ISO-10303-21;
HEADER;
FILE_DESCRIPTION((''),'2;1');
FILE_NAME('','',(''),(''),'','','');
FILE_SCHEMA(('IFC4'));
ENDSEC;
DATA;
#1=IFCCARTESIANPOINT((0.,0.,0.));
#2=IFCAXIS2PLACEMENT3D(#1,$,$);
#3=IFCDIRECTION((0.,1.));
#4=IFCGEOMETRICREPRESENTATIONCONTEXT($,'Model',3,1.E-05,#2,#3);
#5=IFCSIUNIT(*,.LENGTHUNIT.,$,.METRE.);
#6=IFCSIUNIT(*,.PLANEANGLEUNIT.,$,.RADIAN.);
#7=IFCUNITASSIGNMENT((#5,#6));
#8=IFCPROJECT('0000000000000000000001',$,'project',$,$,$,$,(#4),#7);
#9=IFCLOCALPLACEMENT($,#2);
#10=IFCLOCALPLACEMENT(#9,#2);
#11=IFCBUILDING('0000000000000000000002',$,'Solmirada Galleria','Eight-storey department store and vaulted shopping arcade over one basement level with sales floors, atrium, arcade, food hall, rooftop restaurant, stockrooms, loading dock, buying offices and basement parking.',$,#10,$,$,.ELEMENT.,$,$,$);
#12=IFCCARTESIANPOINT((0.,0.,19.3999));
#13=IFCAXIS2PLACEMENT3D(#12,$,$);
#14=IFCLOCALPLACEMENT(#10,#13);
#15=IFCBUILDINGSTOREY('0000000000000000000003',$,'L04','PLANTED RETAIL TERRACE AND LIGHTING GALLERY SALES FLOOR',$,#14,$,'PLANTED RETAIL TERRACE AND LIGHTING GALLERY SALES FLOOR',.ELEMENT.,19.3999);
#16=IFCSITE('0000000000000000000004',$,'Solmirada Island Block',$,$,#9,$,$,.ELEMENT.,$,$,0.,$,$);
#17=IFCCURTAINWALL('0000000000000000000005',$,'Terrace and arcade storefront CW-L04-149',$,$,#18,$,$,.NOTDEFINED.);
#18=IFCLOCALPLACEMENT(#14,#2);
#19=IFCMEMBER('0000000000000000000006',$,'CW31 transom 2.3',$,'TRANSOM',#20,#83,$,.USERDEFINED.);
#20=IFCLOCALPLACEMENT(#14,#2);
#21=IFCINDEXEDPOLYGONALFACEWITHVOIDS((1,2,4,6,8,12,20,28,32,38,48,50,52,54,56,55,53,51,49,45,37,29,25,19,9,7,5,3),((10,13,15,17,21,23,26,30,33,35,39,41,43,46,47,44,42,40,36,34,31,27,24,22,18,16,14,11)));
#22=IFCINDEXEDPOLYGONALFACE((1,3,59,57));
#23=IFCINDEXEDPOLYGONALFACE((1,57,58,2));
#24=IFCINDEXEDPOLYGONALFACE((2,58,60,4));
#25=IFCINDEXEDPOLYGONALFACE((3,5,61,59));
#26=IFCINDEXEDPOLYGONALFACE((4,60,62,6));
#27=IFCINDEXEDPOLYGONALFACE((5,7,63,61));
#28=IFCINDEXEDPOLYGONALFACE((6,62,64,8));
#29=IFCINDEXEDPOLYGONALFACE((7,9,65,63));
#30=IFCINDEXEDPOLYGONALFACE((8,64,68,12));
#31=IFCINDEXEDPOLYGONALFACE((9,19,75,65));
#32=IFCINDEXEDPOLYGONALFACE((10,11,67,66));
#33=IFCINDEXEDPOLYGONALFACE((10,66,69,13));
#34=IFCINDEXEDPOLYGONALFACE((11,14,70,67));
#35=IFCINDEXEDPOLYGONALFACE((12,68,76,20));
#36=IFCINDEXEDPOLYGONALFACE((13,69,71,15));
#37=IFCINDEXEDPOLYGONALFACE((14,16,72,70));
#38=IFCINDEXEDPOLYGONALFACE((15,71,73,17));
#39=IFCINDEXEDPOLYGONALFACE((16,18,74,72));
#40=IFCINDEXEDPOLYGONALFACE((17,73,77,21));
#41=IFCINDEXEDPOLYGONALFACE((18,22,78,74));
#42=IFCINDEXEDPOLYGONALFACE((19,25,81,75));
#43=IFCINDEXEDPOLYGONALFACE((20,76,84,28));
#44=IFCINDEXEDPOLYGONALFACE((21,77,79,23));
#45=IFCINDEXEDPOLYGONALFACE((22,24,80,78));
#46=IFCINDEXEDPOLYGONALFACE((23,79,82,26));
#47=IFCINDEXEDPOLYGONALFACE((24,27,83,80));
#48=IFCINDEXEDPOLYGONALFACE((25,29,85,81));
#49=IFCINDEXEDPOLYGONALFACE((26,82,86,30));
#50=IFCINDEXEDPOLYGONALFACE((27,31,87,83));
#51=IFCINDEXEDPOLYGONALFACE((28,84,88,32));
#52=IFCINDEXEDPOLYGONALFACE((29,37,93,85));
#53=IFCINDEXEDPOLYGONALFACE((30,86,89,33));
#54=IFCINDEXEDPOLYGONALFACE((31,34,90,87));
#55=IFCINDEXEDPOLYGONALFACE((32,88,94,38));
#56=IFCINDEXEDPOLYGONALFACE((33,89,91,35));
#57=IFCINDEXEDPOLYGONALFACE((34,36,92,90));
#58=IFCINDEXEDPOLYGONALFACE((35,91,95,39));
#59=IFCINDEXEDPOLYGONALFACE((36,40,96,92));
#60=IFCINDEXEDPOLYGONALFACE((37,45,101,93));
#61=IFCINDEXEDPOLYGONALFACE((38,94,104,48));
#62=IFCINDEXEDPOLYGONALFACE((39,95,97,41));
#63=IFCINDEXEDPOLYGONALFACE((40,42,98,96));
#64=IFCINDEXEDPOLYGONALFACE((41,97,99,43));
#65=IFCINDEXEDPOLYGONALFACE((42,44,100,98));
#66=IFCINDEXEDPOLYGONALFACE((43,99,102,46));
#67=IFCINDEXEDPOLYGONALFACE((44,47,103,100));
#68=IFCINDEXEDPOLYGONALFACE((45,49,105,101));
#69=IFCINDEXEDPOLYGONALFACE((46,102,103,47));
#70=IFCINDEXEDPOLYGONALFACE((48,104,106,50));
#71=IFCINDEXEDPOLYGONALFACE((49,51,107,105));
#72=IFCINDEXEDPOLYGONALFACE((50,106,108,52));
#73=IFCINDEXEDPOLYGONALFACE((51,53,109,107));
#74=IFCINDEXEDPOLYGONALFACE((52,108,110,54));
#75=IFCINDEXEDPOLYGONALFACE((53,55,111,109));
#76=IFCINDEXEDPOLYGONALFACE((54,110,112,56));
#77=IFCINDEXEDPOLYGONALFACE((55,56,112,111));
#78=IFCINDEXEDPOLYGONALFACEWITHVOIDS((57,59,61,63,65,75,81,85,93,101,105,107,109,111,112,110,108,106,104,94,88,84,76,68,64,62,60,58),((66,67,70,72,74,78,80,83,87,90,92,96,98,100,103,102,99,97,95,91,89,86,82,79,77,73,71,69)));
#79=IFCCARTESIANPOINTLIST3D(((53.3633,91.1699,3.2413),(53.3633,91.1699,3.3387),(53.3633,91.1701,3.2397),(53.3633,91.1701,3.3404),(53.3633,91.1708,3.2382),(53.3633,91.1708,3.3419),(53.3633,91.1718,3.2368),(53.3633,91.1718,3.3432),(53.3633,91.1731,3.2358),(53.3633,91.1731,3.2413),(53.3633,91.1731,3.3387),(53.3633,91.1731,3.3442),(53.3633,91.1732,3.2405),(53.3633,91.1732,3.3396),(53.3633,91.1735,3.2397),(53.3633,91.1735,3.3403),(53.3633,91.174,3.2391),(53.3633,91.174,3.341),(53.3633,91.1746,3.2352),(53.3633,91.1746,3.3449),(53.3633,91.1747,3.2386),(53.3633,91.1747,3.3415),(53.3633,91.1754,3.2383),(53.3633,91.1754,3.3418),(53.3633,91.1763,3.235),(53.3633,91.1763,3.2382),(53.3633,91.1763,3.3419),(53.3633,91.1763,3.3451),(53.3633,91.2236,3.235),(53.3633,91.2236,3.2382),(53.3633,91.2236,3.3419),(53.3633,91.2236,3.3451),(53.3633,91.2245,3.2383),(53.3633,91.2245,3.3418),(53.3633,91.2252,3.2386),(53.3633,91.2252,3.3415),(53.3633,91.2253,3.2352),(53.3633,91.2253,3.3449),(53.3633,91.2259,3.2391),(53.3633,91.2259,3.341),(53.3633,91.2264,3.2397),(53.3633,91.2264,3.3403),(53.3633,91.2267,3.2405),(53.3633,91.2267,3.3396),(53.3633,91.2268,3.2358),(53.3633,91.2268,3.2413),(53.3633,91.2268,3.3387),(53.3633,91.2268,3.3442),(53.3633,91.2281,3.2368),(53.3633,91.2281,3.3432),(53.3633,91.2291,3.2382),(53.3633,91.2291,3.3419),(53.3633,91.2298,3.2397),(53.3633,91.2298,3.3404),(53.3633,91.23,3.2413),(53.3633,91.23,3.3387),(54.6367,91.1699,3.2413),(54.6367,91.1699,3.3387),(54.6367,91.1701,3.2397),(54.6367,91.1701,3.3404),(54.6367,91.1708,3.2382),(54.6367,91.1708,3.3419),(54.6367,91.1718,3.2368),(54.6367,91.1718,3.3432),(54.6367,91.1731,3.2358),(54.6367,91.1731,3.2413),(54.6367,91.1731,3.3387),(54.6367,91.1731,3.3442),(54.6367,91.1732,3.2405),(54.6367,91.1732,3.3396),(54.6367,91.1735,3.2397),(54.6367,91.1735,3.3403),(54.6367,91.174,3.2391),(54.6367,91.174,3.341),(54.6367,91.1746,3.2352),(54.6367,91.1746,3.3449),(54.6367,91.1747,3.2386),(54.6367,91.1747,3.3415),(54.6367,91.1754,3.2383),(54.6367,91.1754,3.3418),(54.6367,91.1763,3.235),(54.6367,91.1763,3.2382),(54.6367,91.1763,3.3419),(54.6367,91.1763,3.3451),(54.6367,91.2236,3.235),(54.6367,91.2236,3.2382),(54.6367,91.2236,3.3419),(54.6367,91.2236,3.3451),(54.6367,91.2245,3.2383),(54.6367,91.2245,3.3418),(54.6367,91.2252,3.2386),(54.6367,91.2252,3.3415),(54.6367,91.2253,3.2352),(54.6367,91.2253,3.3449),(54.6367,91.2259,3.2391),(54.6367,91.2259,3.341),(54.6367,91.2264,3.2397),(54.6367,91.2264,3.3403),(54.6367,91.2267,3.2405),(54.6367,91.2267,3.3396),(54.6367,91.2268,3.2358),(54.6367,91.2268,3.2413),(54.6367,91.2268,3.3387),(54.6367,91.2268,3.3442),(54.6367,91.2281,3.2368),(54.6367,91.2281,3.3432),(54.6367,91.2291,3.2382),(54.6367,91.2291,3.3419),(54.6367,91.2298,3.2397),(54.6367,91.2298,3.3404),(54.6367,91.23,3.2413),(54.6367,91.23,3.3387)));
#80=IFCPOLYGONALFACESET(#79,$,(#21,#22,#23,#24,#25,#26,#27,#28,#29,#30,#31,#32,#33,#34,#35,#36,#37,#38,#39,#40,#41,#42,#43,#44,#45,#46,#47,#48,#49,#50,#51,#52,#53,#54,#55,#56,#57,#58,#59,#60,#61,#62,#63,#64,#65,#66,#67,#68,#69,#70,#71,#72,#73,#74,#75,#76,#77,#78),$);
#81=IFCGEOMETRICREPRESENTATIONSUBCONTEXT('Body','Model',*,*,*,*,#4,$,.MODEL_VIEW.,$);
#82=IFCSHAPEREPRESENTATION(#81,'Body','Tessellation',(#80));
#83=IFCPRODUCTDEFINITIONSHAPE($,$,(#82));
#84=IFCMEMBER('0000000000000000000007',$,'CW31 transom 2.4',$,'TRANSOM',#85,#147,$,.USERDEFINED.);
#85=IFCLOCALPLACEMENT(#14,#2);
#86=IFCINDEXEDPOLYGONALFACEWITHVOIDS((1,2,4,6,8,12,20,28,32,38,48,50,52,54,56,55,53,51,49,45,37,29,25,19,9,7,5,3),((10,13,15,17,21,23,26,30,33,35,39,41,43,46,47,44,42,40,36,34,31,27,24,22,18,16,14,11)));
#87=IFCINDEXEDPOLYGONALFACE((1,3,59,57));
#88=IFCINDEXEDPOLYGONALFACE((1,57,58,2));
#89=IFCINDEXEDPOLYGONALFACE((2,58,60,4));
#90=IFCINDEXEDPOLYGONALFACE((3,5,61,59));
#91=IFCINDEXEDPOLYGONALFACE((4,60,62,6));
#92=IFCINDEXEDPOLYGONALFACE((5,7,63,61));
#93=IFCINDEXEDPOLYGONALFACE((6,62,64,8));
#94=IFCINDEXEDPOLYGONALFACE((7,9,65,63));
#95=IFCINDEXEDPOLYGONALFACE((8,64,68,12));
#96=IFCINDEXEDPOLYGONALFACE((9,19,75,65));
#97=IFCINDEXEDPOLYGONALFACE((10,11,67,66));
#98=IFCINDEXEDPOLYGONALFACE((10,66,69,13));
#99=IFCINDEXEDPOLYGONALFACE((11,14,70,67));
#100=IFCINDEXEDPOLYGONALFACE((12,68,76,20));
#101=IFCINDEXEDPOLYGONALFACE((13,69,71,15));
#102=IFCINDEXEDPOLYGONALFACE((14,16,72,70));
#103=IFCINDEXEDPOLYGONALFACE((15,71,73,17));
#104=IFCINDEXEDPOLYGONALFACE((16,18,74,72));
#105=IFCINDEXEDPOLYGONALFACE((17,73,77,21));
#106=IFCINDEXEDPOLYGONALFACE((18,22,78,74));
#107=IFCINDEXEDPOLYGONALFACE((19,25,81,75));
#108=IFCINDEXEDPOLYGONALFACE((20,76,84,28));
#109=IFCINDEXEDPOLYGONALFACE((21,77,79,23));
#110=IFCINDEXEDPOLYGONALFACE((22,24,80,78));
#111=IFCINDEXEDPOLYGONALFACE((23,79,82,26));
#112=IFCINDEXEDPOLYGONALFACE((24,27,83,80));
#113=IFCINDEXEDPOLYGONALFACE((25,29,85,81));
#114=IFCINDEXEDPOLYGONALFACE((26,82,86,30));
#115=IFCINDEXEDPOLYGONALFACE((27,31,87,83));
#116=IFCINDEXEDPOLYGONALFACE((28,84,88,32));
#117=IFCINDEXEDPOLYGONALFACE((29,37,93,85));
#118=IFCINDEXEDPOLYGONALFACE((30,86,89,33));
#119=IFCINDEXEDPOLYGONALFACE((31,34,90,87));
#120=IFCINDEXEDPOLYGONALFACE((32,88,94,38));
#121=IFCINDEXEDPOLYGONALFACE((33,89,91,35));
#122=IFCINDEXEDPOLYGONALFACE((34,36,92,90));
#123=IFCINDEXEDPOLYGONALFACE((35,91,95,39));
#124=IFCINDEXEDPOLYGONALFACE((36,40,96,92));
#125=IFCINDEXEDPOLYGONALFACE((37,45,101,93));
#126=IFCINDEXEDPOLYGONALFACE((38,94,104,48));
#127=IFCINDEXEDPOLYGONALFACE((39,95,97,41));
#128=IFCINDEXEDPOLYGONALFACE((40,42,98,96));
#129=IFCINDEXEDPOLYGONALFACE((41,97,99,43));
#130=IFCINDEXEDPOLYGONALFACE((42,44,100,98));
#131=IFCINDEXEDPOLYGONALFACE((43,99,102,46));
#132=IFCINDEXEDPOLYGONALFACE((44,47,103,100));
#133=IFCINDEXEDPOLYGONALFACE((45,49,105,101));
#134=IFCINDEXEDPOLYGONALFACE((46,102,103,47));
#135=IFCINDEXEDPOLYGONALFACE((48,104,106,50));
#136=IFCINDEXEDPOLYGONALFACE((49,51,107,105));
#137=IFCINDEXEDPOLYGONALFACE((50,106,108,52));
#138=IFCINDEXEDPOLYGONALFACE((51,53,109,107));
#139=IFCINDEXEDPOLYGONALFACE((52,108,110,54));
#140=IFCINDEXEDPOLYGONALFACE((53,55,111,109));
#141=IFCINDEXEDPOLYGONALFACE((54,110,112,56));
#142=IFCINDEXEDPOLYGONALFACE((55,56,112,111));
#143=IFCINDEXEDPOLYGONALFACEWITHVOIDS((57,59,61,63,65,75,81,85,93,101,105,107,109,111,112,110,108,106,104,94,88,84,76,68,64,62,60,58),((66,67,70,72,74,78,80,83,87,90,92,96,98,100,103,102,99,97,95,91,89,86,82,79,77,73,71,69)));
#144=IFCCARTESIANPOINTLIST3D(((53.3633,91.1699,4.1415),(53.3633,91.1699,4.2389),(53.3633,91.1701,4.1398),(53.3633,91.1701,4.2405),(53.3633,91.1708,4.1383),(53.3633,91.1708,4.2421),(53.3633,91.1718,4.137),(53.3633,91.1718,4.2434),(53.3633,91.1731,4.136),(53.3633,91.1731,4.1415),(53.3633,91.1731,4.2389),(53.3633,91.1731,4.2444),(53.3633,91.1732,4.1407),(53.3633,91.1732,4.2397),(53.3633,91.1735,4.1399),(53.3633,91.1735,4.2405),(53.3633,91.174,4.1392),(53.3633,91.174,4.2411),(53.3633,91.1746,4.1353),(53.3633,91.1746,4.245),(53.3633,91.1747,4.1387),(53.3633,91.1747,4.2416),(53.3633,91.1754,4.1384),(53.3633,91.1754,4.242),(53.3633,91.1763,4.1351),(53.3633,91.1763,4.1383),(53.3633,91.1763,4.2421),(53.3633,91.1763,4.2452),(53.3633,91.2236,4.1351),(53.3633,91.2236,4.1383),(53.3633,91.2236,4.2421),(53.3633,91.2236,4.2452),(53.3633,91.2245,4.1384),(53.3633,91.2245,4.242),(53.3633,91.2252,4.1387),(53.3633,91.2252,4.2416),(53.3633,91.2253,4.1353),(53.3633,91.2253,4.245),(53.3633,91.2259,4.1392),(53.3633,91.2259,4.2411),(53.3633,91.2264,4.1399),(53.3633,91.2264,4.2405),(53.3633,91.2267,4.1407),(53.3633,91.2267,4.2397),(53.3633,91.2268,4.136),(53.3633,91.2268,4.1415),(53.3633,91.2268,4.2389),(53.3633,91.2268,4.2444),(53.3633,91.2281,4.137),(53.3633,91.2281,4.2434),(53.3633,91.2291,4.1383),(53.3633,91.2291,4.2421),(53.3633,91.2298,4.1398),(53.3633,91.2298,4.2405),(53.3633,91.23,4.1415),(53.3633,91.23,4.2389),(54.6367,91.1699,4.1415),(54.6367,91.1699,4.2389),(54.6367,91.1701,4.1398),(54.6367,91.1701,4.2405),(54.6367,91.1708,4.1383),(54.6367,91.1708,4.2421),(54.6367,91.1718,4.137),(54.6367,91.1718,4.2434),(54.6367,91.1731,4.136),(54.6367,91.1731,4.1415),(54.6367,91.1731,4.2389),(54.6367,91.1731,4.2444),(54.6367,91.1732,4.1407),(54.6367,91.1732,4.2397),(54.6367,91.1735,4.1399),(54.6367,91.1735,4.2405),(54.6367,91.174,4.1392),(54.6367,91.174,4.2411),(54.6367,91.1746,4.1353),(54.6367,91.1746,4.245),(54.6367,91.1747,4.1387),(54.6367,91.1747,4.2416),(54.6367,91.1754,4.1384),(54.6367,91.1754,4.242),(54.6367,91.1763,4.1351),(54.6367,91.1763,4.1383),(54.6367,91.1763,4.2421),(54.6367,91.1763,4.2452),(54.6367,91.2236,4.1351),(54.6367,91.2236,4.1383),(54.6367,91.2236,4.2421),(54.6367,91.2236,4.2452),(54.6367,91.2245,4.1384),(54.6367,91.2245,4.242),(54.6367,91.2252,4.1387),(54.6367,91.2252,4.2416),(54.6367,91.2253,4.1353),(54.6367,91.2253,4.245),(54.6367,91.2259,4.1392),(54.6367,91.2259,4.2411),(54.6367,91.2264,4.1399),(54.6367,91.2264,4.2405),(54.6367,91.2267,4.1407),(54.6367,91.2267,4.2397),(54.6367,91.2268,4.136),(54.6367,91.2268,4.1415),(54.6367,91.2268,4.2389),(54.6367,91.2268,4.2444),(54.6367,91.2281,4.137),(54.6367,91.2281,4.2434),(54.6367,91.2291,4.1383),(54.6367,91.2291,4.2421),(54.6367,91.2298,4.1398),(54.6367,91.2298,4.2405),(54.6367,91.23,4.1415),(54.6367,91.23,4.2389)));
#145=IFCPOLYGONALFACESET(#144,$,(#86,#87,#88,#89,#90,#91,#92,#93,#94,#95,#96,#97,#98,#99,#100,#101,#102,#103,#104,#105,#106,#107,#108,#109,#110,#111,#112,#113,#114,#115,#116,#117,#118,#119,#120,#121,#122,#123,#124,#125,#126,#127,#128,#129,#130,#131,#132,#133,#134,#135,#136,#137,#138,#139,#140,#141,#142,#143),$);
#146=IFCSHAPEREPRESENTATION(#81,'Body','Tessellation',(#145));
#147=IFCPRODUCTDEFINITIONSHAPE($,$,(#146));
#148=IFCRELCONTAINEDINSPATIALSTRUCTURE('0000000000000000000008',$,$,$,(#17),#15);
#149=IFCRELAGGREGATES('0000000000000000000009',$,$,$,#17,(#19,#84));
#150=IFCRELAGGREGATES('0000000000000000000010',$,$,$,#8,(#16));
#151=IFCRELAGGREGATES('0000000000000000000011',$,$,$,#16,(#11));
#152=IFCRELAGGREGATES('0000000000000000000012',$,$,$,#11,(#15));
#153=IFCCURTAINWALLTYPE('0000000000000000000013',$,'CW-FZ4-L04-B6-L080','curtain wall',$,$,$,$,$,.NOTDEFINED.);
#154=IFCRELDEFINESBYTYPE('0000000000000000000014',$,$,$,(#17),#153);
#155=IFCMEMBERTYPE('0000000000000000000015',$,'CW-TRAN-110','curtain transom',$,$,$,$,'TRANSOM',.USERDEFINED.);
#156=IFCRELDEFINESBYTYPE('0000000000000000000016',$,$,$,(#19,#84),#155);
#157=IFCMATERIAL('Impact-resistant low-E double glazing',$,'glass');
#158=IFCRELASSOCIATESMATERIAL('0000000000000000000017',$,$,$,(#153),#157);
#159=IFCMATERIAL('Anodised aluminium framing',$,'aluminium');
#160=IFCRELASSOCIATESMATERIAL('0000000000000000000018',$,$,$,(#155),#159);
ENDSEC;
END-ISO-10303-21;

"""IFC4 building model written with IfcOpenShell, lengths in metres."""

from ifc_helpers import new_model, si_unit, direction, frame, origin, origin_2d, place, context, subcontext, project, spatial, hollow_rectangle, extrude, material, material_profile, profile_set, type_object, element, aggregate, save


model = new_model("IFC4")

# Units and contexts
model_context = context("Model", 3, precision=1e-05, world=origin(), true_north=direction((0.0, 1.0)))
body_context = subcontext(model_context, "Body", "Model", "MODEL_VIEW")
ifc_project = project(units=[si_unit("LENGTHUNIT", "METRE"), si_unit("PLANEANGLEUNIT", "RADIAN")], contexts=[model_context])

# Site, building, storey
site_placement = place(None, origin())
site = spatial("IfcSite", under=ifc_project, at=site_placement, Name="Solmirada Island Block", CompositionType="ELEMENT", RefElevation=0.0)
building_placement = place(site_placement, origin())
building = spatial("IfcBuilding", under=site, at=building_placement, Name="Solmirada Galleria", Description="Eight-storey department store and vaulted shopping arcade over one basement level with sales floors, atrium, arcade, food hall, rooftop restaurant, stockrooms, loading dock, buying offices and basement parking.", CompositionType="ELEMENT")
storey_placement = place(building_placement, frame((0.0, 0.0, 19.3999)))
storey = spatial("IfcBuildingStorey", under=building, at=storey_placement, Name="L04", Description="PLANTED RETAIL TERRACE AND LIGHTING GALLERY SALES FLOOR", LongName="PLANTED RETAIL TERRACE AND LIGHTING GALLERY SALES FLOOR", CompositionType="ELEMENT", Elevation=19.3999)

# Curtain wall, members
ifc_material_1 = material(Name="Impact-resistant low-E double glazing", Category="glass")
curtain_wall_type = type_object("IfcCurtainWallType", Name="CW-FZ4-L04-B6-L080", Description="curtain wall", PredefinedType="NOTDEFINED", material=ifc_material_1)
curtain_wall_placement = place(storey_placement, origin())
curtain_wall = element("IfcCurtainWall", 1, at=curtain_wall_placement, inside=storey, type_object=curtain_wall_type, Name="Terrace and arcade storefront CW-L04-149", PredefinedType="NOTDEFINED")
ifc_material_2 = material(Name="Anodised aluminium framing", Category="aluminium")
ifc_material_profile_1 = material_profile(ifc_material_2, hollow_rectangle(XDim=0.0601, YDim=0.1101, WallThickness=0.0032, InnerFilletRadius=0.0032, OuterFilletRadius=0.0063, at=origin_2d()), Name="ALU-TRAN-110X60")
ifc_profile_set_1 = profile_set([ifc_material_profile_1], Name="Anodised aluminium framing")
member_type_1 = type_object("IfcMemberType", Name="CW-TRAN-110", Description="curtain transom", ElementType="TRANSOM", PredefinedType="USERDEFINED", material=ifc_profile_set_1)
member_1_placement = place(storey_placement, frame((54.6367, 91.2, 3.29), z_axis=(-1.0, 0.0, 0.0), x_axis=(0.0, -1.0, 0.0)))
member_1 = element("IfcMember", 2, at=member_1_placement, type_object=member_type_1, Name="CW31 transom 2.3", ObjectType="TRANSOM", PredefinedType="USERDEFINED", context=body_context, shape_type="SweptSolid", body=[
    extrude(hollow_rectangle(XDim=0.0601, YDim=0.1101, WallThickness=0.0032, InnerFilletRadius=0.0032, OuterFilletRadius=0.0063, at=origin_2d()), origin(), (0.0, 0.0, 1.0), 1.2734),
])
member_2_placement = place(storey_placement, frame((54.6367, 91.2, 4.1902), z_axis=(-1.0, 0.0, 0.0), x_axis=(0.0, -1.0, 0.0)))
member_2 = element("IfcMember", 3, at=member_2_placement, type_object=member_type_1, Name="CW31 transom 2.4", ObjectType="TRANSOM", PredefinedType="USERDEFINED", context=body_context, shape_type="SweptSolid", body=[
    extrude(hollow_rectangle(XDim=0.0601, YDim=0.1101, WallThickness=0.0032, InnerFilletRadius=0.0032, OuterFilletRadius=0.0063, at=origin_2d()), origin(), (0.0, 0.0, 1.0), 1.2734),
])
aggregate(curtain_wall, [member_1, member_2])

save(model, "model.ifc")
